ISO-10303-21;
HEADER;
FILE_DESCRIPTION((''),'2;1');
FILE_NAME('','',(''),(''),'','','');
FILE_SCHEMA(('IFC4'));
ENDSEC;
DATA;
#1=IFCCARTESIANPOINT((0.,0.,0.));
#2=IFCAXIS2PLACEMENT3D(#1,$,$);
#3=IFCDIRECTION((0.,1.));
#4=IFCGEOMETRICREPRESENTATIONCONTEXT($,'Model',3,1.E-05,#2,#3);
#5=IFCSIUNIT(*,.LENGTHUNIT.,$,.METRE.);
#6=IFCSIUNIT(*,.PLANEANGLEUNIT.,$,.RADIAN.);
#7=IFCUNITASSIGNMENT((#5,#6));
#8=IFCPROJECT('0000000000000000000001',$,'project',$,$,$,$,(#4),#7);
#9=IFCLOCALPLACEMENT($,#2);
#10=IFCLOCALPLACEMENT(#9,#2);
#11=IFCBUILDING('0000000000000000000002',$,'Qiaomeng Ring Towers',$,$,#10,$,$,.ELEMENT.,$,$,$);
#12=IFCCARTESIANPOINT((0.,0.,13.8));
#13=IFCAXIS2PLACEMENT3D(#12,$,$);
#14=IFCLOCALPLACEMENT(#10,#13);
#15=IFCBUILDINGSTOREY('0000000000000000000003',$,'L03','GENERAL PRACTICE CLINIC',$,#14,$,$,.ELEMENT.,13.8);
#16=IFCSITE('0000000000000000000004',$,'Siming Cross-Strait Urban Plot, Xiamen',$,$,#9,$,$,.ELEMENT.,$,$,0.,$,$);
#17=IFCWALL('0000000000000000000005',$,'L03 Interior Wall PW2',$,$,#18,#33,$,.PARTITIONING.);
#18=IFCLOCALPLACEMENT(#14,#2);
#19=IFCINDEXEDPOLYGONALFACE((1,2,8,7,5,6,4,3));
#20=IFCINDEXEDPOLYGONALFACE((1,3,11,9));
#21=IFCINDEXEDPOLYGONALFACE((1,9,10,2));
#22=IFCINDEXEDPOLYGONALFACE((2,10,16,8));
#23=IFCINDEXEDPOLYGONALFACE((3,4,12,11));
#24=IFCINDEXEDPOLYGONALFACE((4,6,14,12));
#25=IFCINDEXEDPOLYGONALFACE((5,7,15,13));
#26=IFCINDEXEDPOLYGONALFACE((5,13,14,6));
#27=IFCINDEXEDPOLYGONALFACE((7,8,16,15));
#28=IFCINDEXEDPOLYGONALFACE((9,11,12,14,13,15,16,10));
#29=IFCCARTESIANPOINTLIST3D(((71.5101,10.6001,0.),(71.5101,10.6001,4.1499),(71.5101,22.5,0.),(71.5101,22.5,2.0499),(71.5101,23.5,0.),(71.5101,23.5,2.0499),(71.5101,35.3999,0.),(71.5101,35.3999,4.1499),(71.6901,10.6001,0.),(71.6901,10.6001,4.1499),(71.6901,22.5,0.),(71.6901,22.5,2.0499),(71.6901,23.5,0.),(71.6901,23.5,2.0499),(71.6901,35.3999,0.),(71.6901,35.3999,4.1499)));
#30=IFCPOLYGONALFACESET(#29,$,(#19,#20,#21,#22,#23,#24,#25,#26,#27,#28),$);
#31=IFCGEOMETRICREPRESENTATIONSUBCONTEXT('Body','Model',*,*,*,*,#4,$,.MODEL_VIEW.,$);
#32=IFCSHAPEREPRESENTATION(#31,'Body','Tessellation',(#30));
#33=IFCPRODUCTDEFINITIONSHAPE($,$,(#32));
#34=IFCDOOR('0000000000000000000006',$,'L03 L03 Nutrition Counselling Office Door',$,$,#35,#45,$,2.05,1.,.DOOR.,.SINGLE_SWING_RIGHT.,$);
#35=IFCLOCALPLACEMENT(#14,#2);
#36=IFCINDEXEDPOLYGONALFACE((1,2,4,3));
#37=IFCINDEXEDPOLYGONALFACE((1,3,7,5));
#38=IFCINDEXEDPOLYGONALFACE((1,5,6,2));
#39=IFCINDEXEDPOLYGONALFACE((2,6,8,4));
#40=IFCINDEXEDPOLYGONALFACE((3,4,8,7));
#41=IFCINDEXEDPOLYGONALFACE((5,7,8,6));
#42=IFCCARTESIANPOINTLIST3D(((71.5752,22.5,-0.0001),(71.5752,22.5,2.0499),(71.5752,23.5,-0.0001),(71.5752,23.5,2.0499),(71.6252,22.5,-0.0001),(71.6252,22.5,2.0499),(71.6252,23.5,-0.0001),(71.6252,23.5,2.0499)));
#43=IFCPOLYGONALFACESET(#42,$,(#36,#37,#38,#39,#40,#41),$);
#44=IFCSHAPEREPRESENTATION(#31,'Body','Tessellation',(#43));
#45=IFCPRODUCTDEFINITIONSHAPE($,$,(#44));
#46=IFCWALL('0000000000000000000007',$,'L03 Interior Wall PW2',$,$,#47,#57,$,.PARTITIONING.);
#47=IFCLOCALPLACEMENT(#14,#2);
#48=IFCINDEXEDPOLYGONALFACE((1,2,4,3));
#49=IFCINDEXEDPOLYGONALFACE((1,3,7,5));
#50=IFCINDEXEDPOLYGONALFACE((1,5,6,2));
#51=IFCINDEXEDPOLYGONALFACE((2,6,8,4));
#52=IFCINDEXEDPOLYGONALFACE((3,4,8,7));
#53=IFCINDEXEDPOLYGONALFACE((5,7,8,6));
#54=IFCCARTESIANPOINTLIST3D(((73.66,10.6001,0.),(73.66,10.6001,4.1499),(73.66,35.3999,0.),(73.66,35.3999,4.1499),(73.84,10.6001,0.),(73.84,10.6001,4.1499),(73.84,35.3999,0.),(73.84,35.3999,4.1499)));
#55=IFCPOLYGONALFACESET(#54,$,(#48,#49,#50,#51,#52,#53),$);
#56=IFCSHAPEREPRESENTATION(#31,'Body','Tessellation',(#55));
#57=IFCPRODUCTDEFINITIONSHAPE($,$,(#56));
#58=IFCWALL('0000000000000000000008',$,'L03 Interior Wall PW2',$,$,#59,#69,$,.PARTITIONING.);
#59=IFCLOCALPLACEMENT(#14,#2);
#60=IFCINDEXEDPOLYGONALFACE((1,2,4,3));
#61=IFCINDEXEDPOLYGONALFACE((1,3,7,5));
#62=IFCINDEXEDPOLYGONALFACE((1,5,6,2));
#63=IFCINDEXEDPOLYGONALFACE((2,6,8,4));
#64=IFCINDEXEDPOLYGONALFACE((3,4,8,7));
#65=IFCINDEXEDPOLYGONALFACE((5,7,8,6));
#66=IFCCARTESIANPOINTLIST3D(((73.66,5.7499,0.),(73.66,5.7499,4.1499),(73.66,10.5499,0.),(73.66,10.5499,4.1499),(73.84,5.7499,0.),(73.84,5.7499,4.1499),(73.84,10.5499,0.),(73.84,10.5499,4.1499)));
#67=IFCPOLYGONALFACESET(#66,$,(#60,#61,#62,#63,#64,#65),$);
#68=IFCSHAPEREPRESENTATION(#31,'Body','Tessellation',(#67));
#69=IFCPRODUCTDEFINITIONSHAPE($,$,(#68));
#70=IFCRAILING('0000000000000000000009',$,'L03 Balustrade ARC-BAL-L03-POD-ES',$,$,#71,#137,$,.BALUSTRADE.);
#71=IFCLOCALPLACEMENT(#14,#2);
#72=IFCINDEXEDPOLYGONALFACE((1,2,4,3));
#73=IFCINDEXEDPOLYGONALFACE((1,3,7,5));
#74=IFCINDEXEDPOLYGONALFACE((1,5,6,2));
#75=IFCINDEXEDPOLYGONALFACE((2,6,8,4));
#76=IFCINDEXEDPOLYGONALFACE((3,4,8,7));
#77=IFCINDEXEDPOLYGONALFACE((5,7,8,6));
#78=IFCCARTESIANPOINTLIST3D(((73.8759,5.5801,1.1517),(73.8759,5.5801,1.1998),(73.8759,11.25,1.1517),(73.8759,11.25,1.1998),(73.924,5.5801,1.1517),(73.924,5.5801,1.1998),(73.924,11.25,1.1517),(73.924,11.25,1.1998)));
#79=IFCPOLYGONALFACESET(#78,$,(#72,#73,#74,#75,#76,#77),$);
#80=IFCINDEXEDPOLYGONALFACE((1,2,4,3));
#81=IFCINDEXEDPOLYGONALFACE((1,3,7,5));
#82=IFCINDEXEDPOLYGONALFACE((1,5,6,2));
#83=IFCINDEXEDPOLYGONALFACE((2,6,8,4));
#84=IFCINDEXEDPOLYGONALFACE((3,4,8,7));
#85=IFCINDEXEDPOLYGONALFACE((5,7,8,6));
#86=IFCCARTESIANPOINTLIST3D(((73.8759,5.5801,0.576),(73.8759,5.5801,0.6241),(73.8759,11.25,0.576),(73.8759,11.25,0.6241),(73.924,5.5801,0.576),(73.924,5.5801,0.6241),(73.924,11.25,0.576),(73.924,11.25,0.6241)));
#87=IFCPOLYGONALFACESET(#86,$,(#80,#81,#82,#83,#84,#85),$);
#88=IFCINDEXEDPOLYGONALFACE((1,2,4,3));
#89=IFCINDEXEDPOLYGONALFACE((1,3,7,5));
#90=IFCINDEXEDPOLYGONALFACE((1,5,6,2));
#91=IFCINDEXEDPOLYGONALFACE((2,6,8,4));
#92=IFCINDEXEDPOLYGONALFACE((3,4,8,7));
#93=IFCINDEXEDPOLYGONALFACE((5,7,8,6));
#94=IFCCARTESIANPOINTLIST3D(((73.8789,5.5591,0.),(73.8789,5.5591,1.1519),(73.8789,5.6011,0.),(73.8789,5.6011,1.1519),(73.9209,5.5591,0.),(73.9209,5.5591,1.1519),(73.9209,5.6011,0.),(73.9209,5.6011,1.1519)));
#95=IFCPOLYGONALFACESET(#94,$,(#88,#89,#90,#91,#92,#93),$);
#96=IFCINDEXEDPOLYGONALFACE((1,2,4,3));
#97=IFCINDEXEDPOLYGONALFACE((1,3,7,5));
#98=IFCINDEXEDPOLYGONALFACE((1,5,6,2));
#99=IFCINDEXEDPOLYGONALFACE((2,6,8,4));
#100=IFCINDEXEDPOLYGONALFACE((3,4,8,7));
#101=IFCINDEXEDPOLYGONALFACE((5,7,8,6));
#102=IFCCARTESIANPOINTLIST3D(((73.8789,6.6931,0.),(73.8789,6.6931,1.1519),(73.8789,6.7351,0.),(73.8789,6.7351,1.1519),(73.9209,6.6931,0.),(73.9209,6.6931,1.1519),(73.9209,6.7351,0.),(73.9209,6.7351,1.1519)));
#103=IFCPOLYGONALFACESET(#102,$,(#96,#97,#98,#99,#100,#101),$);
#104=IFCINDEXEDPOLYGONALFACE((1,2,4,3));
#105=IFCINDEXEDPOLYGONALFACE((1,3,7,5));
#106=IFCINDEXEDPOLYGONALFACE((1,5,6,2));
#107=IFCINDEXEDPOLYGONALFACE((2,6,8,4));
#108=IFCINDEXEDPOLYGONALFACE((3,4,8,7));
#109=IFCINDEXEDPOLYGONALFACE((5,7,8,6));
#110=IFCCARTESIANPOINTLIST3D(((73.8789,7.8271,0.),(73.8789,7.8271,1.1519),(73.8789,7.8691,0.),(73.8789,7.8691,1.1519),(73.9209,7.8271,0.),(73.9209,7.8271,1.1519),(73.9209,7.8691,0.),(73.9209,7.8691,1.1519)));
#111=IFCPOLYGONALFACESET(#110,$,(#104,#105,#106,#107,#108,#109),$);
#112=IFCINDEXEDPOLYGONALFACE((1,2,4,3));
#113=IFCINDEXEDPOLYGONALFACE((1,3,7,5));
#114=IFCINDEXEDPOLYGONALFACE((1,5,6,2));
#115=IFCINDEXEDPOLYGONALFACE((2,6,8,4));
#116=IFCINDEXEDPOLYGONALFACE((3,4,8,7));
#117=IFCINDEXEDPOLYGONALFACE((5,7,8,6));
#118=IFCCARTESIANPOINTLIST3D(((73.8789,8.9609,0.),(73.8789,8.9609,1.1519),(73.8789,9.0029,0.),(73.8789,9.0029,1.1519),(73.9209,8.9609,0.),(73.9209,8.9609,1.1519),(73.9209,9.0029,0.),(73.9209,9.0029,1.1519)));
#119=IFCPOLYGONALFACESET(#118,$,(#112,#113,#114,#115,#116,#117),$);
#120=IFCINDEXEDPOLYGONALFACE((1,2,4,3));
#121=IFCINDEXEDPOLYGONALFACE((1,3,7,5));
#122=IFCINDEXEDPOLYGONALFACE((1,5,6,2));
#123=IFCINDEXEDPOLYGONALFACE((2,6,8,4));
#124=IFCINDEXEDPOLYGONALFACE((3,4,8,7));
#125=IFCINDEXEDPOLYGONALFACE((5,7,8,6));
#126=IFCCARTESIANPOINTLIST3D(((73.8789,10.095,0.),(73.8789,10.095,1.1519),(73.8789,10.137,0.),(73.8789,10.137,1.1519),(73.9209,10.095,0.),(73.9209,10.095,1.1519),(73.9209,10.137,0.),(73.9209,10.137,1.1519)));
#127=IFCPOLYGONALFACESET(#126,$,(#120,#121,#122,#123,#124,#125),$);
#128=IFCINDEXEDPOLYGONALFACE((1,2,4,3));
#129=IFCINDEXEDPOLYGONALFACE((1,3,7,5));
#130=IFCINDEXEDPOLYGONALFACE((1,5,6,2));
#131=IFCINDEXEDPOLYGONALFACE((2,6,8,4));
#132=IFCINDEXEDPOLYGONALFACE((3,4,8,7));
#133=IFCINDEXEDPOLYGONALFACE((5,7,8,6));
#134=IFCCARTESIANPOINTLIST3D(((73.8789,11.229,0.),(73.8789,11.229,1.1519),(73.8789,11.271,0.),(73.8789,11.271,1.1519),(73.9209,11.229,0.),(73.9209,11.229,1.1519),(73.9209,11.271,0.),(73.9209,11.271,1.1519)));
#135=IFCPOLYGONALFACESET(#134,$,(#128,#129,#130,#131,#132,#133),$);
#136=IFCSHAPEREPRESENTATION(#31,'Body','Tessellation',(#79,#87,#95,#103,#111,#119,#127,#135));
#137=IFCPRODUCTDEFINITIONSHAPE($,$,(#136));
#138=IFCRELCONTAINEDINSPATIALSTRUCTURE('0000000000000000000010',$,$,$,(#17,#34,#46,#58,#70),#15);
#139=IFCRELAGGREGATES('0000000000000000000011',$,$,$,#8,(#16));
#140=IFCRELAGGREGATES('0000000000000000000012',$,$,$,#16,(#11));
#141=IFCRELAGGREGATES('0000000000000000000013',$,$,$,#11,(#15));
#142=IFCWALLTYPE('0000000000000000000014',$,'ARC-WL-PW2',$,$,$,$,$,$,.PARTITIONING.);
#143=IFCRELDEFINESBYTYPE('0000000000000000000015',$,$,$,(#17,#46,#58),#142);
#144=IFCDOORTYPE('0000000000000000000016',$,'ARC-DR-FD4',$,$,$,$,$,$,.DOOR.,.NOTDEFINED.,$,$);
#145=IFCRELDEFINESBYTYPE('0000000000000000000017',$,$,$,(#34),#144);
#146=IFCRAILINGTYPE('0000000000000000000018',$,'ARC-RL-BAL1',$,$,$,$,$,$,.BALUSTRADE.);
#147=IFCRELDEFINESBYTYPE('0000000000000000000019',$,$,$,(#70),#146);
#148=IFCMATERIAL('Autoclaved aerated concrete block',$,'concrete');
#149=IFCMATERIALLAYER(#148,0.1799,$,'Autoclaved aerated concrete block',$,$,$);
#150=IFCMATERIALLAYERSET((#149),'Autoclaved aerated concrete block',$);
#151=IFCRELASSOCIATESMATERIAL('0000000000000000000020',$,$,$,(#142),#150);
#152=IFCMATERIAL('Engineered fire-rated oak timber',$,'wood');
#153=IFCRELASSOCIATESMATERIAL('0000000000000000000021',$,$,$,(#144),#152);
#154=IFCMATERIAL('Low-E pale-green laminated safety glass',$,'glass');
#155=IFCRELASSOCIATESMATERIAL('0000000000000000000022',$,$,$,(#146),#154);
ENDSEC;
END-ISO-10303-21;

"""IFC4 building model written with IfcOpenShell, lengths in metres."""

from ifc_helpers import new_model, si_unit, direction, frame, frame_2d, origin, origin_2d, place, context, subcontext, project, spatial, rectangle, extrude, source, transform, mapped, material, layer, layer_set, type_object, element, fill, save


model = new_model("IFC4")

# Units and contexts
model_context = context("Model", 3, precision=1e-05, world=origin(), true_north=direction((0.0, 1.0)))
body_context = subcontext(model_context, "Body", "Model", "MODEL_VIEW")
ifc_project = project(units=[si_unit("LENGTHUNIT", "METRE"), si_unit("PLANEANGLEUNIT", "RADIAN")], contexts=[model_context])

# Site, building, storey
site_placement = place(None, origin())
site = spatial("IfcSite", under=ifc_project, at=site_placement, Name="Siming Cross-Strait Urban Plot, Xiamen", CompositionType="ELEMENT", RefElevation=0.0)
building_placement = place(site_placement, origin())
building = spatial("IfcBuilding", under=site, at=building_placement, Name="Qiaomeng Ring Towers", CompositionType="ELEMENT")
storey_placement = place(building_placement, frame((0.0, 0.0, 13.8)))
storey = spatial("IfcBuildingStorey", under=building, at=storey_placement, Name="L03", Description="GENERAL PRACTICE CLINIC", CompositionType="ELEMENT", Elevation=13.8)

# Shared definitions
ifc_material_1 = material(Name="Low-E pale-green laminated safety glass", Category="glass")

# Shared definitions
ifc_material_2 = material(Name="Autoclaved aerated concrete block", Category="concrete")

# Wall, opening, door
ifc_layer_1 = layer(ifc_material_2, 0.1799, Name="Autoclaved aerated concrete block")
ifc_layer_set_1 = layer_set([ifc_layer_1], Name="Autoclaved aerated concrete block")
wall_type_1 = type_object("IfcWallType", Name="ARC-WL-PW2", PredefinedType="PARTITIONING", material=ifc_layer_set_1)
ifc_material_3 = material(Name="Engineered fire-rated oak timber", Category="wood")
door_type = type_object("IfcDoorType", Name="ARC-DR-FD4", OperationType="NOTDEFINED", PredefinedType="DOOR", material=ifc_material_3)
shared_shape_1 = source(origin(), body_context, "Body", "SweptSolid", [
    extrude(rectangle(XDim=1.0, YDim=2.05, at=frame_2d((0.5, 1.0249))), frame((0.0, 0.0249, 0.0), z_axis=(0.0, -1.0, 0.0), x_axis=(1.0, 0.0, 0.0)), (0.0, 0.0, 1.0), 0.05),
])
wall_1_placement = place(storey_placement, frame((71.6001, 10.6001, 0.0), z_axis=(0.0, 0.0, 1.0), x_axis=(0.0, 1.0, 0.0)))
wall_1 = element("IfcWall", 1, at=wall_1_placement, inside=storey, type_object=wall_type_1, Name="L03 Interior Wall PW2", PredefinedType="PARTITIONING", context=body_context, shape_type="SweptSolid", body=[
    extrude(rectangle(XDim=24.7998, YDim=0.1799, at=frame_2d((12.3999, 0.0))), origin(), (0.0, 0.0, 1.0), 4.1499),
])
opening_1_placement = place(wall_1_placement, frame((11.8999, 0.0, 0.0)))
opening_1 = element("IfcOpeningElement", 2, at=opening_1_placement, cuts=wall_1, PredefinedType="OPENING", context=body_context, shape_type="SweptSolid", body=[
    extrude(rectangle(XDim=1.0, YDim=2.05, at=frame_2d((0.5, 1.0249))), frame((0.0, 0.0999, 0.0), z_axis=(0.0, -1.0, 0.0), x_axis=(1.0, 0.0, 0.0)), (0.0, 0.0, 1.0), 0.2),
])
door_1_placement = place(opening_1_placement, origin())
door_1 = element("IfcDoor", 3, at=door_1_placement, inside=storey, type_object=door_type, Name="L03 L03 Nutrition Counselling Office Door", OperationType="SINGLE_SWING_RIGHT", OverallHeight=2.05, OverallWidth=1.0, PredefinedType="DOOR", context=body_context, shape_type="MappedRepresentation", body=[
    mapped(shared_shape_1, transform((0.0, 0.0, 0.0), x_axis=(1.0, 0.0, 0.0), y_axis=(0.0, 1.0, 0.0), z_axis=(0.0, 0.0, 1.0), scale=1.0)),
])
fill(opening_1, door_1)

# Walls
wall_2_placement = place(storey_placement, frame((73.75, 10.6001, 0.0), z_axis=(0.0, 0.0, 1.0), x_axis=(0.0, 1.0, 0.0)))
element("IfcWall", 4, at=wall_2_placement, inside=storey, type_object=wall_type_1, Name="L03 Interior Wall PW2", PredefinedType="PARTITIONING", context=body_context, shape_type="SweptSolid", body=[
    extrude(rectangle(XDim=24.7998, YDim=0.1799, at=frame_2d((12.3999, 0.0))), origin(), (0.0, 0.0, 1.0), 4.1499),
])
wall_3_placement = place(storey_placement, frame((73.75, 5.75, 0.0), z_axis=(0.0, 0.0, 1.0), x_axis=(0.0, 1.0, 0.0)))
element("IfcWall", 5, at=wall_3_placement, inside=storey, type_object=wall_type_1, Name="L03 Interior Wall PW2", PredefinedType="PARTITIONING", context=body_context, shape_type="SweptSolid", body=[
    extrude(rectangle(XDim=4.8, YDim=0.1799, at=frame_2d((2.3999, 0.0))), origin(), (0.0, 0.0, 1.0), 4.1499),
])

# Railing
railing_type = type_object("IfcRailingType", Name="ARC-RL-BAL1", PredefinedType="BALUSTRADE", material=ifc_material_1)
railing_placement = place(storey_placement, frame((73.8999, 5.5801, 0.0)))
element("IfcRailing", 6, at=railing_placement, inside=storey, type_object=railing_type, Name="L03 Balustrade ARC-BAL-L03-POD-ES", PredefinedType="BALUSTRADE", context=body_context, shape_type="SweptSolid", body=[
    extrude(rectangle(XDim=0.0481, YDim=0.0481, at=origin_2d()), frame((0.0, 0.0, 1.1758), z_axis=(0.0, 1.0, 0.0), x_axis=(-1.0, 0.0, 0.0)), (0.0, 0.0, 1.0), 5.6699),
    extrude(rectangle(XDim=0.0481, YDim=0.0481, at=origin_2d()), frame((0.0, 0.0, 0.6001), z_axis=(0.0, 1.0, 0.0), x_axis=(-1.0, 0.0, 0.0)), (0.0, 0.0, 1.0), 5.6699),
    extrude(rectangle(XDim=0.042, YDim=0.042, at=origin_2d()), origin(), (0.0, 0.0, 1.0), 1.1519),
    extrude(rectangle(XDim=0.042, YDim=0.042, at=origin_2d()), frame((0.0, 1.134, 0.0)), (0.0, 0.0, 1.0), 1.1519),
    extrude(rectangle(XDim=0.042, YDim=0.042, at=origin_2d()), frame((0.0, 2.2681, 0.0)), (0.0, 0.0, 1.0), 1.1519),
    extrude(rectangle(XDim=0.042, YDim=0.042, at=origin_2d()), frame((0.0, 3.4019, 0.0)), (0.0, 0.0, 1.0), 1.1519),
    extrude(rectangle(XDim=0.042, YDim=0.042, at=origin_2d()), frame((0.0, 4.5359, 0.0)), (0.0, 0.0, 1.0), 1.1519),
    extrude(rectangle(XDim=0.042, YDim=0.042, at=origin_2d()), frame((0.0, 5.6699, 0.0)), (0.0, 0.0, 1.0), 1.1519),
])

save(model, "model.ifc")
